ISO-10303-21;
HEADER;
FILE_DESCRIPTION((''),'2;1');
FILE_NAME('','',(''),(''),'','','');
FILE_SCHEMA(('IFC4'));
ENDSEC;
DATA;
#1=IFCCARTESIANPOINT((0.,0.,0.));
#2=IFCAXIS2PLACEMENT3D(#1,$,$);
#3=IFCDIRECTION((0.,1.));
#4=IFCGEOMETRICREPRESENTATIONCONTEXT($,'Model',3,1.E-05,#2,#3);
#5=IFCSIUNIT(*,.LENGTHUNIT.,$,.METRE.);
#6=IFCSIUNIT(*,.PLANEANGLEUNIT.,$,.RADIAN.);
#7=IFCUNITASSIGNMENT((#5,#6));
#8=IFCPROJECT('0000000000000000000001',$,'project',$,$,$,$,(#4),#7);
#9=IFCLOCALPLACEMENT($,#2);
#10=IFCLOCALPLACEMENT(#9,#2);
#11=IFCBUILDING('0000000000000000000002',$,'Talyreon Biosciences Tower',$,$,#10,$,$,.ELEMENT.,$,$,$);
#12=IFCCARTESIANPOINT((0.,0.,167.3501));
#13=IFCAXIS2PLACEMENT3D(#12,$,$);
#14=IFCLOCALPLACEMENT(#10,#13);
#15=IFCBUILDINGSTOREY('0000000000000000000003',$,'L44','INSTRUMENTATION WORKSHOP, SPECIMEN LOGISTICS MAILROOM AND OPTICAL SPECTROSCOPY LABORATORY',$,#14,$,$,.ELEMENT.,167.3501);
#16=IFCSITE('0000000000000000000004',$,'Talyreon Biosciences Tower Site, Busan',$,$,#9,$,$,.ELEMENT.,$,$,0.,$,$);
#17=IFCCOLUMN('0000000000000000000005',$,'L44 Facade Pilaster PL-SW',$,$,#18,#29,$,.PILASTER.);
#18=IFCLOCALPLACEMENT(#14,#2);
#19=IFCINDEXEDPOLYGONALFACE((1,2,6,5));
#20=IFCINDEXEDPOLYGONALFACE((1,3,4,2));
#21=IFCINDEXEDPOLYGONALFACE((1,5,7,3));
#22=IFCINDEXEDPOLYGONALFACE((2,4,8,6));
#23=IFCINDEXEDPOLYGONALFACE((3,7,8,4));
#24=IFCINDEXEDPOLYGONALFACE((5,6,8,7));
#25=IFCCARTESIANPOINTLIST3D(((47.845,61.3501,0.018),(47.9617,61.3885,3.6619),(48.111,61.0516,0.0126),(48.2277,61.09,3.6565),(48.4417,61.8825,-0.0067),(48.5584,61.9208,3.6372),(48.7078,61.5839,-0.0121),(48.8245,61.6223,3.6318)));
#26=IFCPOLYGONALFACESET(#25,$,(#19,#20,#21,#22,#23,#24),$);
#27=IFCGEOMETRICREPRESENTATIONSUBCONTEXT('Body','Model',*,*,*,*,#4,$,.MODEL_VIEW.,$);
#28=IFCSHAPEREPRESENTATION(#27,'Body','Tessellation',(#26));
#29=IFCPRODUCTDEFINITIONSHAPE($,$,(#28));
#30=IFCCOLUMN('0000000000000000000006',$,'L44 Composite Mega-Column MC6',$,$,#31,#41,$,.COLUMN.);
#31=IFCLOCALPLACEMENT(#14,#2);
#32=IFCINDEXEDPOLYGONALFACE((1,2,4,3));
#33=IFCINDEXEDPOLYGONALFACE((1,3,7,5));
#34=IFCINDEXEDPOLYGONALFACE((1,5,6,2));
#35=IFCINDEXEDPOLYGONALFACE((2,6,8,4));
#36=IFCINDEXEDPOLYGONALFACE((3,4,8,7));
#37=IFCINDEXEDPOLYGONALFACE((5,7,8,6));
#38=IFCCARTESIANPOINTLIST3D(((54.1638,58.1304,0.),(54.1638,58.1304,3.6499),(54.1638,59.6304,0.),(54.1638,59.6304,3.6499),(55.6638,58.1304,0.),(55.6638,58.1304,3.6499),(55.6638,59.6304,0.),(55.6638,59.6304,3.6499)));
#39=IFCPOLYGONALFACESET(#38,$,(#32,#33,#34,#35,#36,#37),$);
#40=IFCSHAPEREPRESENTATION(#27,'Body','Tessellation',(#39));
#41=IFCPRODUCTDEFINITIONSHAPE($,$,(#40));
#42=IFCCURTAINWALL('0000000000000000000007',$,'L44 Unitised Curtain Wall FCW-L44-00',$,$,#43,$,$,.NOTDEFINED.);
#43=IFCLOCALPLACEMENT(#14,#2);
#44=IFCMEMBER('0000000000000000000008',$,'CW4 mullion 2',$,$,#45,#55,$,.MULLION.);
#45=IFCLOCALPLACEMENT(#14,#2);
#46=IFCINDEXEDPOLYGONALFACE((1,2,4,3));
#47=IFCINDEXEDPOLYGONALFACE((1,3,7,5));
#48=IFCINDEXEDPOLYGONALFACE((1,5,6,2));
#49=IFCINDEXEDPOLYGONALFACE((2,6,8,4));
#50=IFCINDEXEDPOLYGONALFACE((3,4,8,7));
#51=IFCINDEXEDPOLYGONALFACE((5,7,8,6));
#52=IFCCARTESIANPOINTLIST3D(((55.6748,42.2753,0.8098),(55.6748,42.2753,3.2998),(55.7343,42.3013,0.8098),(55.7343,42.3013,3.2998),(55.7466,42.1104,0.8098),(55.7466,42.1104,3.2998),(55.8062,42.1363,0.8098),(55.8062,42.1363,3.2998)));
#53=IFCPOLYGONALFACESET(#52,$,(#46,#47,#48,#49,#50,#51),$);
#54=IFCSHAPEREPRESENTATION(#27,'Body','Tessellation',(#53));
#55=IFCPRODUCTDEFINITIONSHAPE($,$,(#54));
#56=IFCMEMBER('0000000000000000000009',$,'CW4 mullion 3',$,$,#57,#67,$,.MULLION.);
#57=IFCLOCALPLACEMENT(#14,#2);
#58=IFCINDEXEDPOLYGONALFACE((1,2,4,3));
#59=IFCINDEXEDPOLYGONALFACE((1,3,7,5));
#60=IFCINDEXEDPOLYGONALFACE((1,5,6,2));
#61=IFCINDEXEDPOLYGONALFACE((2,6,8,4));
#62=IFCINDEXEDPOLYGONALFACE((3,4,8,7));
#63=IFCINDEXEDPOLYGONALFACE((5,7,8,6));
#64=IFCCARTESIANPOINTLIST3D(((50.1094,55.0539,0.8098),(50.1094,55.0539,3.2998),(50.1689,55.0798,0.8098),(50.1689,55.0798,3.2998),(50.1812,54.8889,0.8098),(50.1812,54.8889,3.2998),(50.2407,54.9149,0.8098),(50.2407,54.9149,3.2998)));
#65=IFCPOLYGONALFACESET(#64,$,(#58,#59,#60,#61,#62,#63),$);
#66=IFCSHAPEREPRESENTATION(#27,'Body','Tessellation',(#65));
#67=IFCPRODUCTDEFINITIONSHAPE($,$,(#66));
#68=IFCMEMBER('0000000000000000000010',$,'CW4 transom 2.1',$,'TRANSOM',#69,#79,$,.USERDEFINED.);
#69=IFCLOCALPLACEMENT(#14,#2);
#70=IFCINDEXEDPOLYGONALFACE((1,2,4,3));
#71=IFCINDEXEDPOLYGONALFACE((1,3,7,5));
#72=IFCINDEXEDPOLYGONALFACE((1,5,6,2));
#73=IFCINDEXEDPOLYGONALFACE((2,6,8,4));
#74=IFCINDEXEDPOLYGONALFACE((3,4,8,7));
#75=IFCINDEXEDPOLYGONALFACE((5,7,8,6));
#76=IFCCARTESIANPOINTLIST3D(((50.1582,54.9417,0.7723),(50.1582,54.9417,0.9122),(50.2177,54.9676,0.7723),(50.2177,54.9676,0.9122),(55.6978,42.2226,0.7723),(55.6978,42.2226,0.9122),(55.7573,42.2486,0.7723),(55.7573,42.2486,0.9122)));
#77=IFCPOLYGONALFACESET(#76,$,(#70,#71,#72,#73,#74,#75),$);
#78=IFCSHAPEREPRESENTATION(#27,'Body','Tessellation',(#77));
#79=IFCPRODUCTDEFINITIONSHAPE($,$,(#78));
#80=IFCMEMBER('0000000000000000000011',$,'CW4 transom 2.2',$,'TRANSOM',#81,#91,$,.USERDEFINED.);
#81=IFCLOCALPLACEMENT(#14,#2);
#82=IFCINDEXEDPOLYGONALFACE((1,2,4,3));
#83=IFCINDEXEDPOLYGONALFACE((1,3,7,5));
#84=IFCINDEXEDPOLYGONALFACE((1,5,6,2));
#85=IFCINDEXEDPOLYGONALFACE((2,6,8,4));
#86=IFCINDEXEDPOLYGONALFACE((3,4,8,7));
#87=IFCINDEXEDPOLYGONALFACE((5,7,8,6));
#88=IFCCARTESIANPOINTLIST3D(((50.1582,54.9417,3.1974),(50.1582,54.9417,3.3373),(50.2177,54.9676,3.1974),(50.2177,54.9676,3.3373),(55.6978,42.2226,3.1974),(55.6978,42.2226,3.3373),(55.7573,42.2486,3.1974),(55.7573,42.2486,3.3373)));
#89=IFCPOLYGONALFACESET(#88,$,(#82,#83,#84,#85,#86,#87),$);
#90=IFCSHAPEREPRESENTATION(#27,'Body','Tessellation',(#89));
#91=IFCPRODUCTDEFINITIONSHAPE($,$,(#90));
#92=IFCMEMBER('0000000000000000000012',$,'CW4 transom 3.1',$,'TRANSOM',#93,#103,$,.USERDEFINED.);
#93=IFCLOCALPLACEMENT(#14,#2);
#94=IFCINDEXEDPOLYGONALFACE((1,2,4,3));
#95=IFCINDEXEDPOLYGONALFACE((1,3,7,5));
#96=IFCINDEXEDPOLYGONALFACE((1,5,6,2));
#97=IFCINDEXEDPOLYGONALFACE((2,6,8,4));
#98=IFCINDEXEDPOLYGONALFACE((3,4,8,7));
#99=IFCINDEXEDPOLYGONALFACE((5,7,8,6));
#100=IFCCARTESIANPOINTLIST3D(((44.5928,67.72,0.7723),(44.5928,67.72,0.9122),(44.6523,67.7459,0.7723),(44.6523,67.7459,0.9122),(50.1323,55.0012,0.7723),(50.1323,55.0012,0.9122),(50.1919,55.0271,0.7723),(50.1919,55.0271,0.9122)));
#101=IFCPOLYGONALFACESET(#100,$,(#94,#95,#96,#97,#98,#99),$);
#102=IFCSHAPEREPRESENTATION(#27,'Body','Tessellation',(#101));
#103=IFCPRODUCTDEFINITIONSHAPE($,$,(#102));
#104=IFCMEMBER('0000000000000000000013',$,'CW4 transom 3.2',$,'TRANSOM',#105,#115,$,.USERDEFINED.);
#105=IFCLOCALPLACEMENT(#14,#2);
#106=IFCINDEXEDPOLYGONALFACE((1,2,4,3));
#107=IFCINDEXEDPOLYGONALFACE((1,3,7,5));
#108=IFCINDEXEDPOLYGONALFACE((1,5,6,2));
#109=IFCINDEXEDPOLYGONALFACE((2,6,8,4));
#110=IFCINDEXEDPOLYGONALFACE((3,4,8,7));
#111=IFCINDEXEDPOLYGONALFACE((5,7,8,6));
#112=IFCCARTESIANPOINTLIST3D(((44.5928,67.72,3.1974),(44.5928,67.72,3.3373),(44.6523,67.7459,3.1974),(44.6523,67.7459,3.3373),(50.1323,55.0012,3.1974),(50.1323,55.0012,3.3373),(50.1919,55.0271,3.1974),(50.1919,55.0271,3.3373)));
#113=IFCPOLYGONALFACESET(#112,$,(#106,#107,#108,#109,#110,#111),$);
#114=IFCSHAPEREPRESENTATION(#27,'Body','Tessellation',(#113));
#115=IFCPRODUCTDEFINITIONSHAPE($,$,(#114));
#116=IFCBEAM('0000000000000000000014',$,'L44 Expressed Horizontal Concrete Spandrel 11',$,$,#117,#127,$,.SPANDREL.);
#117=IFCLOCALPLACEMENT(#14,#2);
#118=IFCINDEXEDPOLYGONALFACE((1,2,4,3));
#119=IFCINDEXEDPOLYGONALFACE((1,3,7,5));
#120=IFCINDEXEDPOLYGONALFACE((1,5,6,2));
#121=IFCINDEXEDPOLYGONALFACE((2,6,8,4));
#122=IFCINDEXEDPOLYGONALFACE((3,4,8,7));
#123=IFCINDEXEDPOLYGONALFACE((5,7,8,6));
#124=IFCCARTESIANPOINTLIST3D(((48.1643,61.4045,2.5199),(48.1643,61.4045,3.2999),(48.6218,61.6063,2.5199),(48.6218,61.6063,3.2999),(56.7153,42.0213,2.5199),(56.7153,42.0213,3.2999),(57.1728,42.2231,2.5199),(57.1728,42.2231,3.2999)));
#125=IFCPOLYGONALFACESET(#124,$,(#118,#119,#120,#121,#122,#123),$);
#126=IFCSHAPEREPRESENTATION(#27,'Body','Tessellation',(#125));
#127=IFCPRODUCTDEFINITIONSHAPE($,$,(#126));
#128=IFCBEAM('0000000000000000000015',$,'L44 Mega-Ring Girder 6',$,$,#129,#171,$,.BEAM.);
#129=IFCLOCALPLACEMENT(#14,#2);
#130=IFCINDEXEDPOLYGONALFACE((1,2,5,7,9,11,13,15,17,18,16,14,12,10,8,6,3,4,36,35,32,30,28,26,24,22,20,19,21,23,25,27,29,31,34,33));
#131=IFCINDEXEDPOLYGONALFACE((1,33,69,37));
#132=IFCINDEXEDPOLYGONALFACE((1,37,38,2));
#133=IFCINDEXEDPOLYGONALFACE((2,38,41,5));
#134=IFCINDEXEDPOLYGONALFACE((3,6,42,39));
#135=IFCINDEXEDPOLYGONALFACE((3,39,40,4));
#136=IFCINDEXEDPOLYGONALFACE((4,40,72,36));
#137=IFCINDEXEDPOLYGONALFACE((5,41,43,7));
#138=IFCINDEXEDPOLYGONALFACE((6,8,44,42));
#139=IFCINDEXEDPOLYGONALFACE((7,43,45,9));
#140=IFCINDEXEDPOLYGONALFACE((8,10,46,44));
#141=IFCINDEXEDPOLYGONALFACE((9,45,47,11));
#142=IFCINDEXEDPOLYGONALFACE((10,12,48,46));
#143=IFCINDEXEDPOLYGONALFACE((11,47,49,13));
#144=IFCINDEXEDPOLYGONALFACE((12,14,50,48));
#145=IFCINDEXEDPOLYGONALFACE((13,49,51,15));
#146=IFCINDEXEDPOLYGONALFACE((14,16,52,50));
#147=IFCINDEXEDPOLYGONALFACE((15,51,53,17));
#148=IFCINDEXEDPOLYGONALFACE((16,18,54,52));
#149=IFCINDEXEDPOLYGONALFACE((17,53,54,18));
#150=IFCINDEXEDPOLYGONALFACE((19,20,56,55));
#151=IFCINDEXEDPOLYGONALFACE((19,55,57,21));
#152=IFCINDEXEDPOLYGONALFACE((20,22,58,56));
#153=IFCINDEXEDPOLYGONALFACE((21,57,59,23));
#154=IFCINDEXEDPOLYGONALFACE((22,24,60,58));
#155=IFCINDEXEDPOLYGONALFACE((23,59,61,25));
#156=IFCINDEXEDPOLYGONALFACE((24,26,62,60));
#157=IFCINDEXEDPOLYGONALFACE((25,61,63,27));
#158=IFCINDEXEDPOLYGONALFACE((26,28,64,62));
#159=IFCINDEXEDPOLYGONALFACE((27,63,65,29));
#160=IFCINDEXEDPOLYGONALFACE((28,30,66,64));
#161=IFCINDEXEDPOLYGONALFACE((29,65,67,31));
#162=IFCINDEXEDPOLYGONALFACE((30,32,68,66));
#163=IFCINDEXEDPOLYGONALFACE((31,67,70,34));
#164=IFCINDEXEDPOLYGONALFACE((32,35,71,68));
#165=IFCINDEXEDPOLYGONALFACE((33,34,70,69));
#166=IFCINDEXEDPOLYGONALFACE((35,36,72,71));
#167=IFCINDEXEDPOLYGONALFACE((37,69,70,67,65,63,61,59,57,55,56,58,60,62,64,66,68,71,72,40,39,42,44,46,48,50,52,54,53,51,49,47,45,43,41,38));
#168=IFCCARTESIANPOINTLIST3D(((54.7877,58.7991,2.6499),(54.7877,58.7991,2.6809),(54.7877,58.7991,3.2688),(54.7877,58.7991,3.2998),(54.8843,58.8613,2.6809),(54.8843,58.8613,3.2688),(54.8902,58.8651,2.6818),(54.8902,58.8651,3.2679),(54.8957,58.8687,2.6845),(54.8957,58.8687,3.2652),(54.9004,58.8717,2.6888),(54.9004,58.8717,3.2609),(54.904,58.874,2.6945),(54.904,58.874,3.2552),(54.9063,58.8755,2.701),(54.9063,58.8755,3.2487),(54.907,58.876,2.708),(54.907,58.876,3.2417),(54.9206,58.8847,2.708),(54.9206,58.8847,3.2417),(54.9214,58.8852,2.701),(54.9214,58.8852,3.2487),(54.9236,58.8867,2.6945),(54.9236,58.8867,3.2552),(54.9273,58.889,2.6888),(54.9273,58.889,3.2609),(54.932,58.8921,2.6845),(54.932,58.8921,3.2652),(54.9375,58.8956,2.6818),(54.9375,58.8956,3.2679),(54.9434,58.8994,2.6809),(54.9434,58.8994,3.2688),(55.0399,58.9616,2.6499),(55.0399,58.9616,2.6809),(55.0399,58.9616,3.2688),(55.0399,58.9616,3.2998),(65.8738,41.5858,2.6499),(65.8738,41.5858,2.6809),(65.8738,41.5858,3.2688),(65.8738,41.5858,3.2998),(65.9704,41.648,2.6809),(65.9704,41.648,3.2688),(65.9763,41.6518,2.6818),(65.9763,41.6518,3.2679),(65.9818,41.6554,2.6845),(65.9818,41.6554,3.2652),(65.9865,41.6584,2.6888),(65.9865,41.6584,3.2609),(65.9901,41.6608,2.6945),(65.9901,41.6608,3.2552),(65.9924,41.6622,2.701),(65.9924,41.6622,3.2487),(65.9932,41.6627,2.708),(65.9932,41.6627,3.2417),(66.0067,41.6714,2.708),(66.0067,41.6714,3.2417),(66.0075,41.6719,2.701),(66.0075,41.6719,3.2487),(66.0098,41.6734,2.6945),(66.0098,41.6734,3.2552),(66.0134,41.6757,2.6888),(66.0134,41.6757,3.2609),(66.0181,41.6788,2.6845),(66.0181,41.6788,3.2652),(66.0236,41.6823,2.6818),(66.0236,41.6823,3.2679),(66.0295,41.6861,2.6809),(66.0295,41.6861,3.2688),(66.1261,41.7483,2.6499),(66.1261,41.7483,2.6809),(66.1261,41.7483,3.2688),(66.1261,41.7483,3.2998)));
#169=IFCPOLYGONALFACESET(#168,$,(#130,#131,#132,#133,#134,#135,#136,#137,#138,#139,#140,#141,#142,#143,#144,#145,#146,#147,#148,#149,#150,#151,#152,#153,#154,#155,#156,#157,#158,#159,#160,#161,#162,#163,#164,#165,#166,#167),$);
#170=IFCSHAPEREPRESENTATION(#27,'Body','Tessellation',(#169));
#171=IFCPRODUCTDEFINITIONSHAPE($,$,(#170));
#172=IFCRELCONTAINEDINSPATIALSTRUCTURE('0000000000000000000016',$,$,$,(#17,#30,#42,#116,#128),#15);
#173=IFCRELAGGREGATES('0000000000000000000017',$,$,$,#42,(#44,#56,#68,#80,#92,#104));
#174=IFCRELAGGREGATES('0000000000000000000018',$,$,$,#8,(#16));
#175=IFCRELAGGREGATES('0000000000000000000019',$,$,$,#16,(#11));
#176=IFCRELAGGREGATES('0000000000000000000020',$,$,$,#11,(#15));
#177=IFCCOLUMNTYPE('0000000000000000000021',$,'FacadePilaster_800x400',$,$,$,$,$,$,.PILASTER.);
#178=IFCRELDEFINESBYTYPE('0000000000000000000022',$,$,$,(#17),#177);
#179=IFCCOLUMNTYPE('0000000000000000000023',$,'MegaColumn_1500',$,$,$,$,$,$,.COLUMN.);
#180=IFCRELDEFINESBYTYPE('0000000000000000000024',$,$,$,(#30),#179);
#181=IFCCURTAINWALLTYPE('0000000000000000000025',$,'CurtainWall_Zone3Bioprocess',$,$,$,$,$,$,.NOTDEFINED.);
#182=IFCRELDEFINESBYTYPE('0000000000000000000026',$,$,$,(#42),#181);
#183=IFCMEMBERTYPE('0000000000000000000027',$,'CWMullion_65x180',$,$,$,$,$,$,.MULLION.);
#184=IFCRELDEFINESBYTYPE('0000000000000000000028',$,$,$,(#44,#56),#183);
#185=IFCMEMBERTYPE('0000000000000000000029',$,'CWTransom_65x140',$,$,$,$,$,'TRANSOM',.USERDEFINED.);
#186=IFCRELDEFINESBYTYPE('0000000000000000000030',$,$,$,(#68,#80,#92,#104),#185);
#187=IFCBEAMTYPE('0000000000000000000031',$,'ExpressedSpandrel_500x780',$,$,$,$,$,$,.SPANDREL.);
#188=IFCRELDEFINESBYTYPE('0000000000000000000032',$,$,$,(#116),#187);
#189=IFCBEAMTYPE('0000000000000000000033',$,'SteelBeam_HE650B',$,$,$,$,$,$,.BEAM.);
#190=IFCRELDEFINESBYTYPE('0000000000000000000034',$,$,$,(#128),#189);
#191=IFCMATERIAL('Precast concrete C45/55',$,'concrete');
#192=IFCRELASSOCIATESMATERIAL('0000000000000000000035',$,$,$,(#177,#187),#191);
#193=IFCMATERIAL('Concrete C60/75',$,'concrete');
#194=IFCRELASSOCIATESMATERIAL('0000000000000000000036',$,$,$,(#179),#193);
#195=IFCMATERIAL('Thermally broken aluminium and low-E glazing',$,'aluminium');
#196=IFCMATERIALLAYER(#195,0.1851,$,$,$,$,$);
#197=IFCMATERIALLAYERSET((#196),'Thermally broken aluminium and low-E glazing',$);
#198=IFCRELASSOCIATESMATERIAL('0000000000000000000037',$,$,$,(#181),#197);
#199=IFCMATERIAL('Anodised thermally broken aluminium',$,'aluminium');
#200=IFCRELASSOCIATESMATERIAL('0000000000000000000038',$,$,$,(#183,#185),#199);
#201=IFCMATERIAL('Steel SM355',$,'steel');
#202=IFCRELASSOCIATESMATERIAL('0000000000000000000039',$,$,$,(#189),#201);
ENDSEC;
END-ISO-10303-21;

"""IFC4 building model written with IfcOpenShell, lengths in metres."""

from ifc_helpers import new_model, si_unit, direction, frame, origin, origin_2d, place, context, subcontext, project, spatial, rectangle, i_section, extrude, material, layer, layer_set, material_profile, profile_set, type_object, element, aggregate, save


model = new_model("IFC4")

# Units and contexts
model_context = context("Model", 3, precision=1e-05, world=origin(), true_north=direction((0.0, 1.0)))
body_context = subcontext(model_context, "Body", "Model", "MODEL_VIEW")
ifc_project = project(units=[si_unit("LENGTHUNIT", "METRE"), si_unit("PLANEANGLEUNIT", "RADIAN")], contexts=[model_context])

# Site, building, storey
site_placement = place(None, origin())
site = spatial("IfcSite", under=ifc_project, at=site_placement, Name="Talyreon Biosciences Tower Site, Busan", CompositionType="ELEMENT", RefElevation=0.0)
building_placement = place(site_placement, origin())
building = spatial("IfcBuilding", under=site, at=building_placement, Name="Talyreon Biosciences Tower", CompositionType="ELEMENT")
storey_placement = place(building_placement, frame((0.0, 0.0, 167.3501)))
storey = spatial("IfcBuildingStorey", under=building, at=storey_placement, Name="L44", Description="INSTRUMENTATION WORKSHOP, SPECIMEN LOGISTICS MAILROOM AND OPTICAL SPECTROSCOPY LABORATORY", CompositionType="ELEMENT", Elevation=167.3501)

# Columns
ifc_material_1 = material(Name="Precast concrete C45/55", Category="concrete")
ifc_material_profile_1 = material_profile(ifc_material_1, rectangle(XDim=0.8, YDim=0.3999, at=origin_2d()), Name="RC 800x400")
ifc_profile_set_1 = profile_set([ifc_material_profile_1], Name="Precast concrete C45/55")
column_type_1 = type_object("IfcColumnType", Name="FacadePilaster_800x400", PredefinedType="PILASTER", material=ifc_profile_set_1)
column_1_placement = place(storey_placement, frame((48.2764, 61.467, 0.0029), z_axis=(0.032006, 0.010513, 0.999432), x_axis=(0.74589, 0.665353, -0.030885)))
element("IfcColumn", 1, at=column_1_placement, inside=storey, type_object=column_type_1, Name="L44 Facade Pilaster PL-SW", PredefinedType="PILASTER", context=body_context, shape_type="SweptSolid", body=[
    extrude(rectangle(XDim=0.8, YDim=0.3999, at=origin_2d()), origin(), (0.0, 0.0, 1.0), 3.646),
])
ifc_material_2 = material(Name="Concrete C60/75", Category="concrete")
ifc_material_profile_2 = material_profile(ifc_material_2, rectangle(XDim=1.5, YDim=1.5, at=origin_2d()), Name="RC 1500x1500")
ifc_profile_set_2 = profile_set([ifc_material_profile_2], Name="Concrete C60/75")
column_type_2 = type_object("IfcColumnType", Name="MegaColumn_1500", PredefinedType="COLUMN", material=ifc_profile_set_2)
column_2_placement = place(storey_placement, frame((54.9138, 58.8804, 0.0), z_axis=(0.0, 0.0, 1.0), x_axis=(1.0, 0.0, 0.0)))
element("IfcColumn", 2, at=column_2_placement, inside=storey, type_object=column_type_2, Name="L44 Composite Mega-Column MC6", PredefinedType="COLUMN", context=body_context, shape_type="SweptSolid", body=[
    extrude(rectangle(XDim=1.5, YDim=1.5, at=origin_2d()), origin(), (0.0, 0.0, 1.0), 3.6499),
])

# Curtain wall, members
ifc_material_3 = material(Name="Thermally broken aluminium and low-E glazing", Category="aluminium")
ifc_layer_1 = layer(ifc_material_3, 0.1851)
ifc_layer_set_1 = layer_set([ifc_layer_1], Name="Thermally broken aluminium and low-E glazing")
curtain_wall_type = type_object("IfcCurtainWallType", Name="CurtainWall_Zone3Bioprocess", PredefinedType="NOTDEFINED", material=ifc_layer_set_1)
curtain_wall_placement = place(storey_placement, origin())
curtain_wall = element("IfcCurtainWall", 3, at=curtain_wall_placement, inside=storey, type_object=curtain_wall_type, Name="L44 Unitised Curtain Wall FCW-L44-00", PredefinedType="NOTDEFINED")
ifc_material_4 = material(Name="Anodised thermally broken aluminium", Category="aluminium")
ifc_material_profile_3 = material_profile(ifc_material_4, rectangle(XDim=0.0649, YDim=0.1799, at=origin_2d()), Name="ALUM MULLION 65x180")
ifc_profile_set_3 = profile_set([ifc_material_profile_3], Name="Anodised thermally broken aluminium")
member_type_1 = type_object("IfcMemberType", Name="CWMullion_65x180", PredefinedType="MULLION", material=ifc_profile_set_3)
member_1_placement = place(storey_placement, frame((55.7405, 42.2058, 0.8098), z_axis=(0.0, 0.0, 1.0), x_axis=(-0.91682, -0.3993, 0.0)))
member_1 = element("IfcMember", 4, at=member_1_placement, type_object=member_type_1, Name="CW4 mullion 2", PredefinedType="MULLION", context=body_context, shape_type="SweptSolid", body=[
    extrude(rectangle(XDim=0.0649, YDim=0.1799, at=origin_2d()), origin(), (0.0, 0.0, 1.0), 2.49),
])
member_2_placement = place(storey_placement, frame((50.175, 54.9844, 0.8098), z_axis=(0.0, 0.0, 1.0), x_axis=(-0.91682, -0.3993, 0.0)))
member_2 = element("IfcMember", 5, at=member_2_placement, type_object=member_type_1, Name="CW4 mullion 3", PredefinedType="MULLION", context=body_context, shape_type="SweptSolid", body=[
    extrude(rectangle(XDim=0.0649, YDim=0.1799, at=origin_2d()), origin(), (0.0, 0.0, 1.0), 2.49),
])
ifc_material_profile_4 = material_profile(ifc_material_4, rectangle(XDim=0.0649, YDim=0.1399, at=origin_2d()), Name="ALUM TRANSOM 65x140")
ifc_profile_set_4 = profile_set([ifc_material_profile_4], Name="Anodised thermally broken aluminium")
member_type_2 = type_object("IfcMemberType", Name="CWTransom_65x140", ElementType="TRANSOM", PredefinedType="USERDEFINED", material=ifc_profile_set_4)
member_3_placement = place(storey_placement, frame((55.7275, 42.2356, 0.8423), z_axis=(-0.399305, 0.916818, 0.0), x_axis=(-0.916818, -0.399305, 0.0)))
member_3 = element("IfcMember", 6, at=member_3_placement, type_object=member_type_2, Name="CW4 transom 2.1", ObjectType="TRANSOM", PredefinedType="USERDEFINED", context=body_context, shape_type="SweptSolid", body=[
    extrude(rectangle(XDim=0.0649, YDim=0.1399, at=origin_2d()), origin(), (0.0, 0.0, 1.0), 13.873),
])
member_4_placement = place(storey_placement, frame((55.7275, 42.2356, 3.2673), z_axis=(-0.399305, 0.916818, 0.0), x_axis=(-0.916818, -0.399305, 0.0)))
member_4 = element("IfcMember", 7, at=member_4_placement, type_object=member_type_2, Name="CW4 transom 2.2", ObjectType="TRANSOM", PredefinedType="USERDEFINED", context=body_context, shape_type="SweptSolid", body=[
    extrude(rectangle(XDim=0.0649, YDim=0.1399, at=origin_2d()), origin(), (0.0, 0.0, 1.0), 13.873),
])
member_5_placement = place(storey_placement, frame((50.1621, 55.0142, 0.8423), z_axis=(-0.399312, 0.916815, 0.0), x_axis=(-0.916815, -0.399312, 0.0)))
member_5 = element("IfcMember", 8, at=member_5_placement, type_object=member_type_2, Name="CW4 transom 3.1", ObjectType="TRANSOM", PredefinedType="USERDEFINED", context=body_context, shape_type="SweptSolid", body=[
    extrude(rectangle(XDim=0.0649, YDim=0.1399, at=origin_2d()), origin(), (0.0, 0.0, 1.0), 13.8728),
])
member_6_placement = place(storey_placement, frame((50.1621, 55.0142, 3.2673), z_axis=(-0.399312, 0.916815, 0.0), x_axis=(-0.916815, -0.399312, 0.0)))
member_6 = element("IfcMember", 9, at=member_6_placement, type_object=member_type_2, Name="CW4 transom 3.2", ObjectType="TRANSOM", PredefinedType="USERDEFINED", context=body_context, shape_type="SweptSolid", body=[
    extrude(rectangle(XDim=0.0649, YDim=0.1399, at=origin_2d()), origin(), (0.0, 0.0, 1.0), 13.8728),
])

# Beams
ifc_material_profile_5 = material_profile(ifc_material_1, rectangle(XDim=0.5, YDim=0.78, at=origin_2d()), Name="RCB 500x780")
ifc_profile_set_5 = profile_set([ifc_material_profile_5], Name="Precast concrete C45/55")
beam_type_1 = type_object("IfcBeamType", Name="ExpressedSpandrel_500x780", PredefinedType="SPANDREL", material=ifc_profile_set_5)
beam_1_placement = place(storey_placement, frame((48.3931, 61.5054, 2.9099), z_axis=(0.403623, -0.914925, 0.0), x_axis=(0.914925, 0.403623, 0.0)))
element("IfcBeam", 10, at=beam_1_placement, inside=storey, type_object=beam_type_1, Name="L44 Expressed Horizontal Concrete Spandrel 11", PredefinedType="SPANDREL", context=body_context, shape_type="SweptSolid", body=[
    extrude(rectangle(XDim=0.5, YDim=0.78, at=origin_2d()), origin(), (0.0, 0.0, 1.0), 21.1855),
])
ifc_material_5 = material(Name="Steel SM355", Category="steel")
ifc_material_profile_6 = material_profile(ifc_material_5, i_section(OverallWidth=0.3, OverallDepth=0.6499, WebThickness=0.0161, FlangeThickness=0.031, FilletRadius=0.0271, at=origin_2d()), Name="HE650B")
ifc_profile_set_6 = profile_set([ifc_material_profile_6], Name="Steel SM355")
beam_type_2 = type_object("IfcBeamType", Name="SteelBeam_HE650B", PredefinedType="BEAM", material=ifc_profile_set_6)
beam_2_placement = place(storey_placement, frame((54.9138, 58.8804, 2.9749), z_axis=(0.541464, -0.840724, 0.0), x_axis=(0.840724, 0.541464, 0.0)))
element("IfcBeam", 11, at=beam_2_placement, inside=storey, type_object=beam_type_2, Name="L44 Mega-Ring Girder 6", PredefinedType="BEAM", context=body_context, shape_type="SweptSolid", body=[
    extrude(i_section(OverallWidth=0.3, OverallDepth=0.6499, WebThickness=0.0161, FlangeThickness=0.031, FilletRadius=0.0271, at=origin_2d()), origin(), (0.0, 0.0, 1.0), 20.4744),
])

aggregate(curtain_wall, [member_1, member_2, member_3, member_4, member_5, member_6])

save(model, "model.ifc")
